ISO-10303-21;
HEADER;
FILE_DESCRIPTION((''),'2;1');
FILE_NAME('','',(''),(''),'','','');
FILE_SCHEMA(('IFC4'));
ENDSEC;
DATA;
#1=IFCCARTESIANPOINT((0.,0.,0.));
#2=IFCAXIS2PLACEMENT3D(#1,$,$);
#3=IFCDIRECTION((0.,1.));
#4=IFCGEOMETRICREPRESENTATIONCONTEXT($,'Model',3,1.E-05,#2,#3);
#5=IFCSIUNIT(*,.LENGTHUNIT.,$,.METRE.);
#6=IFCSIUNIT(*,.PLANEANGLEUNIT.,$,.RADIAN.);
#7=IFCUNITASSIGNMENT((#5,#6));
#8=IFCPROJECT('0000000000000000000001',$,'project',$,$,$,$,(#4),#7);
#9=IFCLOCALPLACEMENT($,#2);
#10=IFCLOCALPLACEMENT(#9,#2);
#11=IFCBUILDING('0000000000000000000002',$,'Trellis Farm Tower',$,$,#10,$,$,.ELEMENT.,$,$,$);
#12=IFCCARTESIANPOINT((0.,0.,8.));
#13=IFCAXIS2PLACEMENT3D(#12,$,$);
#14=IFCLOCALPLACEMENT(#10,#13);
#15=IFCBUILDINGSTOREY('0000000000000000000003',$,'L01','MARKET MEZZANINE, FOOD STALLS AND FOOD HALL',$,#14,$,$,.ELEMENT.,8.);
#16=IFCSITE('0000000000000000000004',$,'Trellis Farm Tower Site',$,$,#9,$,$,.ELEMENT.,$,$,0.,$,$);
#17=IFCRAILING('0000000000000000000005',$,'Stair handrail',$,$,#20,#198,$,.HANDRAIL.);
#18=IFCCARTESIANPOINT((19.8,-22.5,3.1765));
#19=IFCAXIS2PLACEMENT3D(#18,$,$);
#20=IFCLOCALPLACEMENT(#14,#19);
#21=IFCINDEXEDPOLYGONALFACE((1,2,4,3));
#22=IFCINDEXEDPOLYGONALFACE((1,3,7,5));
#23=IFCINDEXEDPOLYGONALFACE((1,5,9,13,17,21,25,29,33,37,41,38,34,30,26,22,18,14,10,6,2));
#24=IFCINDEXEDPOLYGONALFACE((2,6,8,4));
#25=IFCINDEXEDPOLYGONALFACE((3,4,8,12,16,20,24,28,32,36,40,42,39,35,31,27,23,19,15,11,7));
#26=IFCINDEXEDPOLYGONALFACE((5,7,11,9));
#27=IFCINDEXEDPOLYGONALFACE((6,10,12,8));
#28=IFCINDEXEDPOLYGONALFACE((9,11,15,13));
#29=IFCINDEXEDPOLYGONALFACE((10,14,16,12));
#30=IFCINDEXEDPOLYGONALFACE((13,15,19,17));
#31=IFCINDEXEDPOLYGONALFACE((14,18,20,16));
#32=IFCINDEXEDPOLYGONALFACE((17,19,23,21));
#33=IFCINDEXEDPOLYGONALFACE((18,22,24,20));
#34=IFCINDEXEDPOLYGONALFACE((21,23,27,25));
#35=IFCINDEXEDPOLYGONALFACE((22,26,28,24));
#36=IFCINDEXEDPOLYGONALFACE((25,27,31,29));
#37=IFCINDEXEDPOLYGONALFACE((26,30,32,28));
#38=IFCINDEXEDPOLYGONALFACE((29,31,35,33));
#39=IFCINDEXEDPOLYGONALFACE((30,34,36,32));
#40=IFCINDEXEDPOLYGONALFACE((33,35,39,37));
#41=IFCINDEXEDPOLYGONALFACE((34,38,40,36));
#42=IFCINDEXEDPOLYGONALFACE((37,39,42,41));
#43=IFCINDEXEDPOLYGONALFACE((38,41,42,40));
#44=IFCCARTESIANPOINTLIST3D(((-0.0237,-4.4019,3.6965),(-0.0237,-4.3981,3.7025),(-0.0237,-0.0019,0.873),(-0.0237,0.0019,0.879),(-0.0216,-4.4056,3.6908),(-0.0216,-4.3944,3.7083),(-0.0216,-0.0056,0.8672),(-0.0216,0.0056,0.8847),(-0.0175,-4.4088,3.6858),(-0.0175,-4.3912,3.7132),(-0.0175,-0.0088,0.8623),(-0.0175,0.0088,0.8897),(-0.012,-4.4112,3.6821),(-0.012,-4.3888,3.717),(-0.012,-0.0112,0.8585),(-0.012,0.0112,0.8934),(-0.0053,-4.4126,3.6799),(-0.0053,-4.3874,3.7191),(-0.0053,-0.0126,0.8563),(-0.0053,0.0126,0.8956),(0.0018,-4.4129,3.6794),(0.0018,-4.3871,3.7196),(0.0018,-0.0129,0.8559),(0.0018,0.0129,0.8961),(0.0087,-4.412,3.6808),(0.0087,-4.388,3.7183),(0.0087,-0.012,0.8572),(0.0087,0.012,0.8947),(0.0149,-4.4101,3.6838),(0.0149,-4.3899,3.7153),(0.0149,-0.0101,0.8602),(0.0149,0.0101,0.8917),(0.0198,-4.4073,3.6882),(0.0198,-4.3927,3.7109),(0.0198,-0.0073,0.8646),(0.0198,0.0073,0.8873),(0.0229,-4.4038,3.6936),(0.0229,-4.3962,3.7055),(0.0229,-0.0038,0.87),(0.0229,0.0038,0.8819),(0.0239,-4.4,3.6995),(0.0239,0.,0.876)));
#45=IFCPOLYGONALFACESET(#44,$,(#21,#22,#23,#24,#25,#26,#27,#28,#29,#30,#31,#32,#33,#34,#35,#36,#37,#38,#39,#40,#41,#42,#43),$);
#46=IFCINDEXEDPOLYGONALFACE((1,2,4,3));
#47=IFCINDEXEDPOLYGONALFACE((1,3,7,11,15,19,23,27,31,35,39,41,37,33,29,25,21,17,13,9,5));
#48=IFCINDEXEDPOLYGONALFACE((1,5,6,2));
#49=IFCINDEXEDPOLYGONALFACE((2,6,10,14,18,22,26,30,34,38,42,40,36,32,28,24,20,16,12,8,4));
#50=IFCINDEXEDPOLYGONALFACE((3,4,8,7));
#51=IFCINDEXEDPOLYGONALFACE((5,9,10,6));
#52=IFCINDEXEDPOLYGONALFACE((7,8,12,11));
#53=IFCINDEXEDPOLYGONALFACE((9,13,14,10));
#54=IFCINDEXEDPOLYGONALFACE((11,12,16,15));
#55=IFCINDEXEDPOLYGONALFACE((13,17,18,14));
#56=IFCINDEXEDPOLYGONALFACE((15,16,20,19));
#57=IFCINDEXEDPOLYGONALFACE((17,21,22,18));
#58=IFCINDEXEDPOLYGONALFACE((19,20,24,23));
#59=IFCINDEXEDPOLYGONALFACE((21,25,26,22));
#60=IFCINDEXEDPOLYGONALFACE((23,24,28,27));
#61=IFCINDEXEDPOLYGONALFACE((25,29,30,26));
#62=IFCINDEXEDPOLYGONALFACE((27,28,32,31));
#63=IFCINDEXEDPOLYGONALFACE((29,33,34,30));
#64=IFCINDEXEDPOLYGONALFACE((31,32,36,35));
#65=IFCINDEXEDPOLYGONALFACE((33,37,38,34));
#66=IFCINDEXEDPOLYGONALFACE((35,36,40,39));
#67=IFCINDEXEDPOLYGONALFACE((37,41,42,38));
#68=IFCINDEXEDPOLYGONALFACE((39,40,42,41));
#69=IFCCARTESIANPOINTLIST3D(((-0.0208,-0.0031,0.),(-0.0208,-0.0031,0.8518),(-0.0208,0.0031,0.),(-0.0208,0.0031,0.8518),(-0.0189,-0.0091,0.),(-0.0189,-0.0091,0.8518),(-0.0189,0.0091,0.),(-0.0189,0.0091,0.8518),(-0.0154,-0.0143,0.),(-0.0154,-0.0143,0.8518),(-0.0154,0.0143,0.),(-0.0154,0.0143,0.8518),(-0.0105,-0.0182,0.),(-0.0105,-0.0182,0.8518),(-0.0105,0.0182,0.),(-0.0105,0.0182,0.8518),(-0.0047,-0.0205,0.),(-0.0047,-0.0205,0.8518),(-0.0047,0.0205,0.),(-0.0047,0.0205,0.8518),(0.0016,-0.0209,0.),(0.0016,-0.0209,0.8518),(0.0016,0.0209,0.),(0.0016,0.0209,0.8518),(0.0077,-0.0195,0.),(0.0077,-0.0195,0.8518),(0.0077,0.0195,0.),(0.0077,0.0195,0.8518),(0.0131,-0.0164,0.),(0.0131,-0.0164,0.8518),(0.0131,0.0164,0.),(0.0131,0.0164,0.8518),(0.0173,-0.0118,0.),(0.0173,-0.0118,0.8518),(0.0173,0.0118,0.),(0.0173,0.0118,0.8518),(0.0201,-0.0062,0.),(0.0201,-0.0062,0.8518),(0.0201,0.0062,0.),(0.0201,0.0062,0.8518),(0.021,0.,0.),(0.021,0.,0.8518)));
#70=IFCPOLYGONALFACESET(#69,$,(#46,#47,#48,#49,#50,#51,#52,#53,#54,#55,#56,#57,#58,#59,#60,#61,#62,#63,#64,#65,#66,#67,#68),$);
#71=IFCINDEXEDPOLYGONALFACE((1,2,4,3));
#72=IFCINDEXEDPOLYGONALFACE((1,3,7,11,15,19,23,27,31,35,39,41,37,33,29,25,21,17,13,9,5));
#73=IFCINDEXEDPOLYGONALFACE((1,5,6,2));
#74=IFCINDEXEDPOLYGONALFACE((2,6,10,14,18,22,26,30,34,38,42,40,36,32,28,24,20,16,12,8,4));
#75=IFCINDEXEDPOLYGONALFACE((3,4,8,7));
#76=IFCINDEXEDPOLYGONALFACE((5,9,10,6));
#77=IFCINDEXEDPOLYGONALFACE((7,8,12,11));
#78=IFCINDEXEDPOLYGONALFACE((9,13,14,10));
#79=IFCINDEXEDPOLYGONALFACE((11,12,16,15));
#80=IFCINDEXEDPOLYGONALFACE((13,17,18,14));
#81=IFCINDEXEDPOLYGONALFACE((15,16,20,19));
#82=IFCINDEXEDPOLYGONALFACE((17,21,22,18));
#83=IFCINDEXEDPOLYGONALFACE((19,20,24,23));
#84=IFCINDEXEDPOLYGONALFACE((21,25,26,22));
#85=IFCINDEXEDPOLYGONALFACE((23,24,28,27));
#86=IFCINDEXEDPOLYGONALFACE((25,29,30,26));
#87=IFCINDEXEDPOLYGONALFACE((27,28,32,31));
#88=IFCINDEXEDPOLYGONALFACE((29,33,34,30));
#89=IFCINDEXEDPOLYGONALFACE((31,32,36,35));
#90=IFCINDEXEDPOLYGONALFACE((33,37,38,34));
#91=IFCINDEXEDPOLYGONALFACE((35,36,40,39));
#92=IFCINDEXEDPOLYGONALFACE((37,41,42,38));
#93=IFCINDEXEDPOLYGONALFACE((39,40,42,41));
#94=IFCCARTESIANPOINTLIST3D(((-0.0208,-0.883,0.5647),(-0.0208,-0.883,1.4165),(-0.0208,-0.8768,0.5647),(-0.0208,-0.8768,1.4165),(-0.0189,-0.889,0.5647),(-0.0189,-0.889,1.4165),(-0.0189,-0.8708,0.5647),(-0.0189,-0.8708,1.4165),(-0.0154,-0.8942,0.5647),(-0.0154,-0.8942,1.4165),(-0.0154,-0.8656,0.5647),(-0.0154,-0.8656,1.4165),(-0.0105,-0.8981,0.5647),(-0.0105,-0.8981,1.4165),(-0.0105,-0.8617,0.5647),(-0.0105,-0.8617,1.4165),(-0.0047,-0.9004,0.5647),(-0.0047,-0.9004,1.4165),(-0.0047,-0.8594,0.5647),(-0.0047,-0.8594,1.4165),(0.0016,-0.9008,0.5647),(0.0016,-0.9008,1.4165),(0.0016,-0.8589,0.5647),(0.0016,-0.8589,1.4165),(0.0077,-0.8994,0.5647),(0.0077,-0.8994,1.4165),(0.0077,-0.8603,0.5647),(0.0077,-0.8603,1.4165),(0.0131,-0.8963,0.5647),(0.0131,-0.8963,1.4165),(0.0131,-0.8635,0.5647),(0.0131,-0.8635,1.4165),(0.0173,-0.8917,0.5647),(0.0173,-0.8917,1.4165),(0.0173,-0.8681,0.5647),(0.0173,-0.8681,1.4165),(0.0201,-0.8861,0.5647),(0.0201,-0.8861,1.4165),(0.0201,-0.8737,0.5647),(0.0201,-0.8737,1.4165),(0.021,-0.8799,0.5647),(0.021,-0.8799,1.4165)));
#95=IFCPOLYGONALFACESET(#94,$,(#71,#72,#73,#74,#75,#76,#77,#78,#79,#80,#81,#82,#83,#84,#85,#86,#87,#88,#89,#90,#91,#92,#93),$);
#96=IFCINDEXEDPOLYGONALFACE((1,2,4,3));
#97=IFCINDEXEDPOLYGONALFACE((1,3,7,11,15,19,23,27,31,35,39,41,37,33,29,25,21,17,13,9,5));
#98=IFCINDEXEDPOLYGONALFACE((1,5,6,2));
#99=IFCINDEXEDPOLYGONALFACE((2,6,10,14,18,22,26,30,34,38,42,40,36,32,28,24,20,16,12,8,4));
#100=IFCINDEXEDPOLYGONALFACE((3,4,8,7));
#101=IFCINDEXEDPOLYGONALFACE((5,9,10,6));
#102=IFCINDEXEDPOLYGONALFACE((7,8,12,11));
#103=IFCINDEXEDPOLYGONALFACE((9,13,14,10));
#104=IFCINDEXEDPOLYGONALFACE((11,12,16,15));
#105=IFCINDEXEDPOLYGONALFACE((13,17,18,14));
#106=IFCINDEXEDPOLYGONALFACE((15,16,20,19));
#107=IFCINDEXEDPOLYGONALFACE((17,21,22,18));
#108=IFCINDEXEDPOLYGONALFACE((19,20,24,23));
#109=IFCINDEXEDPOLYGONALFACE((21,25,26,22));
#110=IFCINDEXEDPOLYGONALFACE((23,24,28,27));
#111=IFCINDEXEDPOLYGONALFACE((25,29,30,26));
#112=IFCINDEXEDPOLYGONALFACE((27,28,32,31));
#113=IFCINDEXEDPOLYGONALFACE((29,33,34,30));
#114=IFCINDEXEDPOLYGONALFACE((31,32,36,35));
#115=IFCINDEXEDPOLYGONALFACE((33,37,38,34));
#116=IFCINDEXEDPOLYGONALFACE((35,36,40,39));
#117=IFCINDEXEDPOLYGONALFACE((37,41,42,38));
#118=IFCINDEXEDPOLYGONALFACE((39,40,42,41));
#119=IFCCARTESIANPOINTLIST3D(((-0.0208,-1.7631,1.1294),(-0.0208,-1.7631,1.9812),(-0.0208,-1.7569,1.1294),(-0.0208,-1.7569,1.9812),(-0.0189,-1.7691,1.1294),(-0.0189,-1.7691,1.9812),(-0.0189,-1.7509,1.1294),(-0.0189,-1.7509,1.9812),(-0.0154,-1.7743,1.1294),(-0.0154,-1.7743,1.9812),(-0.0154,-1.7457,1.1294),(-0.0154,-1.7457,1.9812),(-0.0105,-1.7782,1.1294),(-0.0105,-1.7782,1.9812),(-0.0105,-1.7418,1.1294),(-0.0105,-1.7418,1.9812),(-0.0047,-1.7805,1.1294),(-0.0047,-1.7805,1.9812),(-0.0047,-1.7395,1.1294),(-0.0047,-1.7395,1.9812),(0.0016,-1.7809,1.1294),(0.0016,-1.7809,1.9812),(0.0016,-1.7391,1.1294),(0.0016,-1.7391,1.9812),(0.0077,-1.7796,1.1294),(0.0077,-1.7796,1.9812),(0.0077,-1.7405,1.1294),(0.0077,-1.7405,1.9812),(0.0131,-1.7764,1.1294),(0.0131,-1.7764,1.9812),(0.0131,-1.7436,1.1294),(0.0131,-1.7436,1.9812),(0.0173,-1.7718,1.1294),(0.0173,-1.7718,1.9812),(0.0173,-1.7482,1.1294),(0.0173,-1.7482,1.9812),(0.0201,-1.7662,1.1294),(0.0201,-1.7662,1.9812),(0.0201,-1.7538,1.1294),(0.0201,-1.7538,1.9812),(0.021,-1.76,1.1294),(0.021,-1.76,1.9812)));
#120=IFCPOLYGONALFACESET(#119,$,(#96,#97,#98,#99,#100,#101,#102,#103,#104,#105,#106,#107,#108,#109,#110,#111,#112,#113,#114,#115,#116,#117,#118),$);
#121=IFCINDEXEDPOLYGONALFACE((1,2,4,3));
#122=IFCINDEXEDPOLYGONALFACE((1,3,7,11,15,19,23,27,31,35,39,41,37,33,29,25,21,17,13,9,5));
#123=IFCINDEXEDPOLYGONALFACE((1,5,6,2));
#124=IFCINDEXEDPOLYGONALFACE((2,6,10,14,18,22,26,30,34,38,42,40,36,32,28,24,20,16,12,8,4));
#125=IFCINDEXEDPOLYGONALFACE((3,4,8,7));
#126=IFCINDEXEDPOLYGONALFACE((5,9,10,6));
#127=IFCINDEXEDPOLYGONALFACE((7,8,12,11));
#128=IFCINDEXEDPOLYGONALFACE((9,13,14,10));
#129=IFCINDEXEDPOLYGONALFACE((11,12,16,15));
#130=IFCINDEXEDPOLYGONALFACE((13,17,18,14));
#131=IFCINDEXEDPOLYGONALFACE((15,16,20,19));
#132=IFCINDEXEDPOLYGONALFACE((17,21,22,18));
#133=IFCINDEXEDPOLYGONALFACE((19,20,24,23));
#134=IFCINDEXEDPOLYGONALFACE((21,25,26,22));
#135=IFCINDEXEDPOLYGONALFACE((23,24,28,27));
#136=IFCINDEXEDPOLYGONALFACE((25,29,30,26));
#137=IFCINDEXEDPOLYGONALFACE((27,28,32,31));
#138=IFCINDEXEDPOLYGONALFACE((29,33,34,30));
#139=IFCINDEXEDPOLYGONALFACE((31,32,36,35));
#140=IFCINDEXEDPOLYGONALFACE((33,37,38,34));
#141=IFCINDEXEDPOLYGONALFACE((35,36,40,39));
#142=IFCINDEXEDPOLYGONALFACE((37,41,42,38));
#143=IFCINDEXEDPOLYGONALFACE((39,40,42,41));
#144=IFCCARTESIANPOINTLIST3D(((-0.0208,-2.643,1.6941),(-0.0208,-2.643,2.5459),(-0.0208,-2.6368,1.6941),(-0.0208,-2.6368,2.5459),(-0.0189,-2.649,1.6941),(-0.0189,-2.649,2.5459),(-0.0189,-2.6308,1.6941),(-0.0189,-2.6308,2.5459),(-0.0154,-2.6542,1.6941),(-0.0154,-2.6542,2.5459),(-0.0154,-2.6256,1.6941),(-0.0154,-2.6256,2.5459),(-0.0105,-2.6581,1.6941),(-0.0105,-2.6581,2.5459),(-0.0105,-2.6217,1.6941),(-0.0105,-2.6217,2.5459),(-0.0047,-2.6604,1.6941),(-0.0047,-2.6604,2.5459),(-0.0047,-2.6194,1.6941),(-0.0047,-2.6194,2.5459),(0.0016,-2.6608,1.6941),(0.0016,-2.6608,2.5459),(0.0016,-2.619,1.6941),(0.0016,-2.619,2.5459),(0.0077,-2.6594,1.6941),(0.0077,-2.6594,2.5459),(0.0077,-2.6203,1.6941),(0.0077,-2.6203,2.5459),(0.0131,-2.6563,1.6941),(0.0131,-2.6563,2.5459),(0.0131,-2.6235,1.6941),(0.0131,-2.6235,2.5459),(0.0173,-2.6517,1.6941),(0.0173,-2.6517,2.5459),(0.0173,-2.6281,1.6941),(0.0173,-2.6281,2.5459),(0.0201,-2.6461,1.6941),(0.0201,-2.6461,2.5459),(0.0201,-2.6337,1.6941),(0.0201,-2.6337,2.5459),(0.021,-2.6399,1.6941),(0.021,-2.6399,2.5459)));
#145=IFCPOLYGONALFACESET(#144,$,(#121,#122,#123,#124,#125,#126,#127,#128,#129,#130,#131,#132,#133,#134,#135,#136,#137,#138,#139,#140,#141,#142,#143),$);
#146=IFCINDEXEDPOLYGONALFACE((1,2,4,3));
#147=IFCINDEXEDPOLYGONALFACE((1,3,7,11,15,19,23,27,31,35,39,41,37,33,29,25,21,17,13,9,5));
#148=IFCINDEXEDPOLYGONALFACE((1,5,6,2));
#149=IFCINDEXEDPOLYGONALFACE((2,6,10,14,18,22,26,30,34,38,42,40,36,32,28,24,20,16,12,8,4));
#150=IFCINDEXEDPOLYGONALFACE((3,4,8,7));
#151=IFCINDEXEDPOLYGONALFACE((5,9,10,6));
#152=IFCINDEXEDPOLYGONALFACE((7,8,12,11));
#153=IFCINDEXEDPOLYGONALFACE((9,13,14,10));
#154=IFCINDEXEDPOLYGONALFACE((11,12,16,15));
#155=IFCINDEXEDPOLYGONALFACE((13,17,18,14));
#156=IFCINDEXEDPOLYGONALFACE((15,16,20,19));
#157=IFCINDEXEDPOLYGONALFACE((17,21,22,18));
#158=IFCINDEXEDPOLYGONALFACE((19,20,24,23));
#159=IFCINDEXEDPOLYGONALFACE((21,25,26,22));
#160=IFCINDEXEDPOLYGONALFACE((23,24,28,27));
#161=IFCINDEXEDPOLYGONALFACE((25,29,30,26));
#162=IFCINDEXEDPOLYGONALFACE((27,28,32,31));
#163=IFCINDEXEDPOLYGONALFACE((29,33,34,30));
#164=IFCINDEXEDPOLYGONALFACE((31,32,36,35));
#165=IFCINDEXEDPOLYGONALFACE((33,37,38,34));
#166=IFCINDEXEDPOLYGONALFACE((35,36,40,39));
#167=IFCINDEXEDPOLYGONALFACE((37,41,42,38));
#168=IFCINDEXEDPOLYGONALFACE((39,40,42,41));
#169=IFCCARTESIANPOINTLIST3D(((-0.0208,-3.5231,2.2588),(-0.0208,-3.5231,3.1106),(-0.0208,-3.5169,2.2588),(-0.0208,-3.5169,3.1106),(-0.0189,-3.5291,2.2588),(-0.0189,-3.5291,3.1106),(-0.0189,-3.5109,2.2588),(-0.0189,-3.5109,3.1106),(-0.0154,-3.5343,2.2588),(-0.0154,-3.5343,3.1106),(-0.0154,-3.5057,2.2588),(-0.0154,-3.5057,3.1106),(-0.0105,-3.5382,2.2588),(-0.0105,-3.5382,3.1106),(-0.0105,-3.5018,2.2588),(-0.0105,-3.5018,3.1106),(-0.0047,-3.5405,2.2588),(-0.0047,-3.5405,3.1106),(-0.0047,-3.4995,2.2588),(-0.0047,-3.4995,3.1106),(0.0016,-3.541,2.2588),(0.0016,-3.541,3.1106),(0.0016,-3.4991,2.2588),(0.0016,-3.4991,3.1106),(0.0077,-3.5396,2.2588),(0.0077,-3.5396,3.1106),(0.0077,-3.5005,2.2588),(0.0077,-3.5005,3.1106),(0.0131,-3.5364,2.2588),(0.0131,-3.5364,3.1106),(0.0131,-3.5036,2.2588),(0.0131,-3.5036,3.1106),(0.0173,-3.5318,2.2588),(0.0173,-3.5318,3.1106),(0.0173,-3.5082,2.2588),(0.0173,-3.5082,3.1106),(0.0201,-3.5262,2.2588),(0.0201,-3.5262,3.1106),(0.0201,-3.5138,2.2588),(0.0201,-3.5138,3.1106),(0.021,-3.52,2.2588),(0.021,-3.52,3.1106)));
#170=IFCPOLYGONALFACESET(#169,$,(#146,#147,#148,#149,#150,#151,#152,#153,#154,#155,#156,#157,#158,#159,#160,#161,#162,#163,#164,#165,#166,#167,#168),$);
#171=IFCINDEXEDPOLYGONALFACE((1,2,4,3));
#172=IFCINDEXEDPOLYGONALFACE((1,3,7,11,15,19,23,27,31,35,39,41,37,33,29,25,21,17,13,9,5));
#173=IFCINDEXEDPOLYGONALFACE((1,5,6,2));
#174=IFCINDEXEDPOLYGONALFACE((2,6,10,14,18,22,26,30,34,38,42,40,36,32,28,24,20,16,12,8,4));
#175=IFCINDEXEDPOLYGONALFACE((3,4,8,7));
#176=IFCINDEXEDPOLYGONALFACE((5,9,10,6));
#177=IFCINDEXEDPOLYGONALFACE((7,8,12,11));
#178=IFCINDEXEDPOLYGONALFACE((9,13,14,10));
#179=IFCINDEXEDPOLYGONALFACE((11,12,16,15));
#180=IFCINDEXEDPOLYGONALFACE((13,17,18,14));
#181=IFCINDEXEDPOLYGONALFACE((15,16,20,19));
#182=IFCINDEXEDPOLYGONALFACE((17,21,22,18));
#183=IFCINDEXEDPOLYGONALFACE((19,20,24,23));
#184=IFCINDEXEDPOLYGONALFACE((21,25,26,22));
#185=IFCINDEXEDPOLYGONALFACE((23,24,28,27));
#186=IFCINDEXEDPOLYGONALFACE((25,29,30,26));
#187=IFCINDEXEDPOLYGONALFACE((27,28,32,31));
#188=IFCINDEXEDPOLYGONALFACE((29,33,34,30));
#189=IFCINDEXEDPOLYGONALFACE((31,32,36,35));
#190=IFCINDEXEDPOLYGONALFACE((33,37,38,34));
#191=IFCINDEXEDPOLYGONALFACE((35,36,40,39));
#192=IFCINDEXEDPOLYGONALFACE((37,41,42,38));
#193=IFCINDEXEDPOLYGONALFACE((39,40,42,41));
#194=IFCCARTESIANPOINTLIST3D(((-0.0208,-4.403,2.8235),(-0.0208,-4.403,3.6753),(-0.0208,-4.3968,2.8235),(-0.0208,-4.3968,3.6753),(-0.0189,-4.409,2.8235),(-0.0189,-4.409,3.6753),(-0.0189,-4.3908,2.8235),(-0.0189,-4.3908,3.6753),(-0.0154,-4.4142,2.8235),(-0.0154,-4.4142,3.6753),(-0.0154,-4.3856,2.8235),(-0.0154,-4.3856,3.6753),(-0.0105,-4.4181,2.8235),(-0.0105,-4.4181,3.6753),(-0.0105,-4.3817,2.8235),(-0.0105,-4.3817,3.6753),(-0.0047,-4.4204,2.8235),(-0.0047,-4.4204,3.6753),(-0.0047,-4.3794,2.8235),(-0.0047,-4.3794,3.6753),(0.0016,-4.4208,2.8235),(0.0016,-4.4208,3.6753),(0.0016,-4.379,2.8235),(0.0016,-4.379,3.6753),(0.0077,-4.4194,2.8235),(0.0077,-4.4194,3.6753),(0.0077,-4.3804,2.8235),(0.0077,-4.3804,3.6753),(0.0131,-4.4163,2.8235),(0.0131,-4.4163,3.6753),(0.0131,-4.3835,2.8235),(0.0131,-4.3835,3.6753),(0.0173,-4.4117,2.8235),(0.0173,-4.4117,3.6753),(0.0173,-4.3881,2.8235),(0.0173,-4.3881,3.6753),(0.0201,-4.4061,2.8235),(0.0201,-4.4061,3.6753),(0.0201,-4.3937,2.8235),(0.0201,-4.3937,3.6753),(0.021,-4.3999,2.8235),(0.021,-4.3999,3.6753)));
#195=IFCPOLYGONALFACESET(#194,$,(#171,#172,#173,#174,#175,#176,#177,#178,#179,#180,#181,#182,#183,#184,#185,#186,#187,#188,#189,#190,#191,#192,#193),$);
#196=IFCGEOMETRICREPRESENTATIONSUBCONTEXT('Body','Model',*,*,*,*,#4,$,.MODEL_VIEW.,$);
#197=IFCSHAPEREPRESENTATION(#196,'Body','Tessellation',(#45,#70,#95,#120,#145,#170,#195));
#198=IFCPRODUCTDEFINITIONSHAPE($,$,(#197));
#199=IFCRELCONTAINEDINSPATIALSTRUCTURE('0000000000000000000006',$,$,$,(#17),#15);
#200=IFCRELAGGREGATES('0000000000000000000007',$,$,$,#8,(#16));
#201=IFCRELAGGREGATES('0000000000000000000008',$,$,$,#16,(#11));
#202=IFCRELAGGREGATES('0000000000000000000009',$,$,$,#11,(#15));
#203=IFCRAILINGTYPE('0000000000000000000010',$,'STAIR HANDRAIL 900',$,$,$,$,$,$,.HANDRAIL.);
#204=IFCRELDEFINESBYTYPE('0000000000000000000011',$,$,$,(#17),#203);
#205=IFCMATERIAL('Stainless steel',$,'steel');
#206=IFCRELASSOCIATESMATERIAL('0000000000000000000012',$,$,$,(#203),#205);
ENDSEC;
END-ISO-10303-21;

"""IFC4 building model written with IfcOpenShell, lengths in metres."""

from ifc_helpers import new_model, si_unit, direction, frame, origin, origin_2d, place, context, subcontext, project, spatial, circle, extrude, source, transform, mapped, material, type_object, element, save


model = new_model("IFC4")

# Units and contexts
model_context = context("Model", 3, precision=1e-05, world=origin(), true_north=direction((0.0, 1.0)))
body_context = subcontext(model_context, "Body", "Model", "MODEL_VIEW")
ifc_project = project(units=[si_unit("LENGTHUNIT", "METRE"), si_unit("PLANEANGLEUNIT", "RADIAN")], contexts=[model_context])

# Site, building, storey
site_placement = place(None, origin())
site = spatial("IfcSite", under=ifc_project, at=site_placement, Name="Trellis Farm Tower Site", CompositionType="ELEMENT", RefElevation=0.0)
building_placement = place(site_placement, origin())
building = spatial("IfcBuilding", under=site, at=building_placement, Name="Trellis Farm Tower", CompositionType="ELEMENT")
storey_placement = place(building_placement, frame((0.0, 0.0, 8.0)))
storey = spatial("IfcBuildingStorey", under=building, at=storey_placement, Name="L01", Description="MARKET MEZZANINE, FOOD STALLS AND FOOD HALL", CompositionType="ELEMENT", Elevation=8.0)

# Railing
ifc_material_1 = material(Name="Stainless steel", Category="steel")
railing_type = type_object("IfcRailingType", Name="STAIR HANDRAIL 900", PredefinedType="HANDRAIL", material=ifc_material_1)
shared_shape_1 = source(origin(), body_context, "Body", "SweptSolid", [
    extrude(circle(Radius=0.0239, at=origin_2d()), frame((0.0, 0.0, 0.876), z_axis=(0.0, -0.841615, 0.540078), x_axis=(1.0, 0.0, 0.0)), (0.0, 0.0, 1.0), 5.228),
    extrude(circle(Radius=0.021, at=origin_2d()), origin(), (0.0, 0.0, 1.0), 0.8518),
    extrude(circle(Radius=0.021, at=origin_2d()), frame((0.0, -0.8799, 0.5647)), (0.0, 0.0, 1.0), 0.8518),
    extrude(circle(Radius=0.021, at=origin_2d()), frame((0.0, -1.76, 1.1294)), (0.0, 0.0, 1.0), 0.8518),
    extrude(circle(Radius=0.021, at=origin_2d()), frame((0.0, -2.6399, 1.6941)), (0.0, 0.0, 1.0), 0.8518),
    extrude(circle(Radius=0.021, at=origin_2d()), frame((0.0, -3.52, 2.2588)), (0.0, 0.0, 1.0), 0.8518),
    extrude(circle(Radius=0.021, at=origin_2d()), frame((0.0, -4.3999, 2.8235)), (0.0, 0.0, 1.0), 0.8518),
])
for number, where, name in (
    (1, (19.8, -22.5, 3.1765), "Stair handrail"),
):
    element("IfcRailing", number, at=place(storey_placement, frame(where)), inside=storey, type_object=railing_type, Name=name, PredefinedType="HANDRAIL", context=body_context, shape_type="MappedRepresentation", body=[
        mapped(shared_shape_1, transform((0.0, 0.0, 0.0))),
    ])

save(model, "model.ifc")
